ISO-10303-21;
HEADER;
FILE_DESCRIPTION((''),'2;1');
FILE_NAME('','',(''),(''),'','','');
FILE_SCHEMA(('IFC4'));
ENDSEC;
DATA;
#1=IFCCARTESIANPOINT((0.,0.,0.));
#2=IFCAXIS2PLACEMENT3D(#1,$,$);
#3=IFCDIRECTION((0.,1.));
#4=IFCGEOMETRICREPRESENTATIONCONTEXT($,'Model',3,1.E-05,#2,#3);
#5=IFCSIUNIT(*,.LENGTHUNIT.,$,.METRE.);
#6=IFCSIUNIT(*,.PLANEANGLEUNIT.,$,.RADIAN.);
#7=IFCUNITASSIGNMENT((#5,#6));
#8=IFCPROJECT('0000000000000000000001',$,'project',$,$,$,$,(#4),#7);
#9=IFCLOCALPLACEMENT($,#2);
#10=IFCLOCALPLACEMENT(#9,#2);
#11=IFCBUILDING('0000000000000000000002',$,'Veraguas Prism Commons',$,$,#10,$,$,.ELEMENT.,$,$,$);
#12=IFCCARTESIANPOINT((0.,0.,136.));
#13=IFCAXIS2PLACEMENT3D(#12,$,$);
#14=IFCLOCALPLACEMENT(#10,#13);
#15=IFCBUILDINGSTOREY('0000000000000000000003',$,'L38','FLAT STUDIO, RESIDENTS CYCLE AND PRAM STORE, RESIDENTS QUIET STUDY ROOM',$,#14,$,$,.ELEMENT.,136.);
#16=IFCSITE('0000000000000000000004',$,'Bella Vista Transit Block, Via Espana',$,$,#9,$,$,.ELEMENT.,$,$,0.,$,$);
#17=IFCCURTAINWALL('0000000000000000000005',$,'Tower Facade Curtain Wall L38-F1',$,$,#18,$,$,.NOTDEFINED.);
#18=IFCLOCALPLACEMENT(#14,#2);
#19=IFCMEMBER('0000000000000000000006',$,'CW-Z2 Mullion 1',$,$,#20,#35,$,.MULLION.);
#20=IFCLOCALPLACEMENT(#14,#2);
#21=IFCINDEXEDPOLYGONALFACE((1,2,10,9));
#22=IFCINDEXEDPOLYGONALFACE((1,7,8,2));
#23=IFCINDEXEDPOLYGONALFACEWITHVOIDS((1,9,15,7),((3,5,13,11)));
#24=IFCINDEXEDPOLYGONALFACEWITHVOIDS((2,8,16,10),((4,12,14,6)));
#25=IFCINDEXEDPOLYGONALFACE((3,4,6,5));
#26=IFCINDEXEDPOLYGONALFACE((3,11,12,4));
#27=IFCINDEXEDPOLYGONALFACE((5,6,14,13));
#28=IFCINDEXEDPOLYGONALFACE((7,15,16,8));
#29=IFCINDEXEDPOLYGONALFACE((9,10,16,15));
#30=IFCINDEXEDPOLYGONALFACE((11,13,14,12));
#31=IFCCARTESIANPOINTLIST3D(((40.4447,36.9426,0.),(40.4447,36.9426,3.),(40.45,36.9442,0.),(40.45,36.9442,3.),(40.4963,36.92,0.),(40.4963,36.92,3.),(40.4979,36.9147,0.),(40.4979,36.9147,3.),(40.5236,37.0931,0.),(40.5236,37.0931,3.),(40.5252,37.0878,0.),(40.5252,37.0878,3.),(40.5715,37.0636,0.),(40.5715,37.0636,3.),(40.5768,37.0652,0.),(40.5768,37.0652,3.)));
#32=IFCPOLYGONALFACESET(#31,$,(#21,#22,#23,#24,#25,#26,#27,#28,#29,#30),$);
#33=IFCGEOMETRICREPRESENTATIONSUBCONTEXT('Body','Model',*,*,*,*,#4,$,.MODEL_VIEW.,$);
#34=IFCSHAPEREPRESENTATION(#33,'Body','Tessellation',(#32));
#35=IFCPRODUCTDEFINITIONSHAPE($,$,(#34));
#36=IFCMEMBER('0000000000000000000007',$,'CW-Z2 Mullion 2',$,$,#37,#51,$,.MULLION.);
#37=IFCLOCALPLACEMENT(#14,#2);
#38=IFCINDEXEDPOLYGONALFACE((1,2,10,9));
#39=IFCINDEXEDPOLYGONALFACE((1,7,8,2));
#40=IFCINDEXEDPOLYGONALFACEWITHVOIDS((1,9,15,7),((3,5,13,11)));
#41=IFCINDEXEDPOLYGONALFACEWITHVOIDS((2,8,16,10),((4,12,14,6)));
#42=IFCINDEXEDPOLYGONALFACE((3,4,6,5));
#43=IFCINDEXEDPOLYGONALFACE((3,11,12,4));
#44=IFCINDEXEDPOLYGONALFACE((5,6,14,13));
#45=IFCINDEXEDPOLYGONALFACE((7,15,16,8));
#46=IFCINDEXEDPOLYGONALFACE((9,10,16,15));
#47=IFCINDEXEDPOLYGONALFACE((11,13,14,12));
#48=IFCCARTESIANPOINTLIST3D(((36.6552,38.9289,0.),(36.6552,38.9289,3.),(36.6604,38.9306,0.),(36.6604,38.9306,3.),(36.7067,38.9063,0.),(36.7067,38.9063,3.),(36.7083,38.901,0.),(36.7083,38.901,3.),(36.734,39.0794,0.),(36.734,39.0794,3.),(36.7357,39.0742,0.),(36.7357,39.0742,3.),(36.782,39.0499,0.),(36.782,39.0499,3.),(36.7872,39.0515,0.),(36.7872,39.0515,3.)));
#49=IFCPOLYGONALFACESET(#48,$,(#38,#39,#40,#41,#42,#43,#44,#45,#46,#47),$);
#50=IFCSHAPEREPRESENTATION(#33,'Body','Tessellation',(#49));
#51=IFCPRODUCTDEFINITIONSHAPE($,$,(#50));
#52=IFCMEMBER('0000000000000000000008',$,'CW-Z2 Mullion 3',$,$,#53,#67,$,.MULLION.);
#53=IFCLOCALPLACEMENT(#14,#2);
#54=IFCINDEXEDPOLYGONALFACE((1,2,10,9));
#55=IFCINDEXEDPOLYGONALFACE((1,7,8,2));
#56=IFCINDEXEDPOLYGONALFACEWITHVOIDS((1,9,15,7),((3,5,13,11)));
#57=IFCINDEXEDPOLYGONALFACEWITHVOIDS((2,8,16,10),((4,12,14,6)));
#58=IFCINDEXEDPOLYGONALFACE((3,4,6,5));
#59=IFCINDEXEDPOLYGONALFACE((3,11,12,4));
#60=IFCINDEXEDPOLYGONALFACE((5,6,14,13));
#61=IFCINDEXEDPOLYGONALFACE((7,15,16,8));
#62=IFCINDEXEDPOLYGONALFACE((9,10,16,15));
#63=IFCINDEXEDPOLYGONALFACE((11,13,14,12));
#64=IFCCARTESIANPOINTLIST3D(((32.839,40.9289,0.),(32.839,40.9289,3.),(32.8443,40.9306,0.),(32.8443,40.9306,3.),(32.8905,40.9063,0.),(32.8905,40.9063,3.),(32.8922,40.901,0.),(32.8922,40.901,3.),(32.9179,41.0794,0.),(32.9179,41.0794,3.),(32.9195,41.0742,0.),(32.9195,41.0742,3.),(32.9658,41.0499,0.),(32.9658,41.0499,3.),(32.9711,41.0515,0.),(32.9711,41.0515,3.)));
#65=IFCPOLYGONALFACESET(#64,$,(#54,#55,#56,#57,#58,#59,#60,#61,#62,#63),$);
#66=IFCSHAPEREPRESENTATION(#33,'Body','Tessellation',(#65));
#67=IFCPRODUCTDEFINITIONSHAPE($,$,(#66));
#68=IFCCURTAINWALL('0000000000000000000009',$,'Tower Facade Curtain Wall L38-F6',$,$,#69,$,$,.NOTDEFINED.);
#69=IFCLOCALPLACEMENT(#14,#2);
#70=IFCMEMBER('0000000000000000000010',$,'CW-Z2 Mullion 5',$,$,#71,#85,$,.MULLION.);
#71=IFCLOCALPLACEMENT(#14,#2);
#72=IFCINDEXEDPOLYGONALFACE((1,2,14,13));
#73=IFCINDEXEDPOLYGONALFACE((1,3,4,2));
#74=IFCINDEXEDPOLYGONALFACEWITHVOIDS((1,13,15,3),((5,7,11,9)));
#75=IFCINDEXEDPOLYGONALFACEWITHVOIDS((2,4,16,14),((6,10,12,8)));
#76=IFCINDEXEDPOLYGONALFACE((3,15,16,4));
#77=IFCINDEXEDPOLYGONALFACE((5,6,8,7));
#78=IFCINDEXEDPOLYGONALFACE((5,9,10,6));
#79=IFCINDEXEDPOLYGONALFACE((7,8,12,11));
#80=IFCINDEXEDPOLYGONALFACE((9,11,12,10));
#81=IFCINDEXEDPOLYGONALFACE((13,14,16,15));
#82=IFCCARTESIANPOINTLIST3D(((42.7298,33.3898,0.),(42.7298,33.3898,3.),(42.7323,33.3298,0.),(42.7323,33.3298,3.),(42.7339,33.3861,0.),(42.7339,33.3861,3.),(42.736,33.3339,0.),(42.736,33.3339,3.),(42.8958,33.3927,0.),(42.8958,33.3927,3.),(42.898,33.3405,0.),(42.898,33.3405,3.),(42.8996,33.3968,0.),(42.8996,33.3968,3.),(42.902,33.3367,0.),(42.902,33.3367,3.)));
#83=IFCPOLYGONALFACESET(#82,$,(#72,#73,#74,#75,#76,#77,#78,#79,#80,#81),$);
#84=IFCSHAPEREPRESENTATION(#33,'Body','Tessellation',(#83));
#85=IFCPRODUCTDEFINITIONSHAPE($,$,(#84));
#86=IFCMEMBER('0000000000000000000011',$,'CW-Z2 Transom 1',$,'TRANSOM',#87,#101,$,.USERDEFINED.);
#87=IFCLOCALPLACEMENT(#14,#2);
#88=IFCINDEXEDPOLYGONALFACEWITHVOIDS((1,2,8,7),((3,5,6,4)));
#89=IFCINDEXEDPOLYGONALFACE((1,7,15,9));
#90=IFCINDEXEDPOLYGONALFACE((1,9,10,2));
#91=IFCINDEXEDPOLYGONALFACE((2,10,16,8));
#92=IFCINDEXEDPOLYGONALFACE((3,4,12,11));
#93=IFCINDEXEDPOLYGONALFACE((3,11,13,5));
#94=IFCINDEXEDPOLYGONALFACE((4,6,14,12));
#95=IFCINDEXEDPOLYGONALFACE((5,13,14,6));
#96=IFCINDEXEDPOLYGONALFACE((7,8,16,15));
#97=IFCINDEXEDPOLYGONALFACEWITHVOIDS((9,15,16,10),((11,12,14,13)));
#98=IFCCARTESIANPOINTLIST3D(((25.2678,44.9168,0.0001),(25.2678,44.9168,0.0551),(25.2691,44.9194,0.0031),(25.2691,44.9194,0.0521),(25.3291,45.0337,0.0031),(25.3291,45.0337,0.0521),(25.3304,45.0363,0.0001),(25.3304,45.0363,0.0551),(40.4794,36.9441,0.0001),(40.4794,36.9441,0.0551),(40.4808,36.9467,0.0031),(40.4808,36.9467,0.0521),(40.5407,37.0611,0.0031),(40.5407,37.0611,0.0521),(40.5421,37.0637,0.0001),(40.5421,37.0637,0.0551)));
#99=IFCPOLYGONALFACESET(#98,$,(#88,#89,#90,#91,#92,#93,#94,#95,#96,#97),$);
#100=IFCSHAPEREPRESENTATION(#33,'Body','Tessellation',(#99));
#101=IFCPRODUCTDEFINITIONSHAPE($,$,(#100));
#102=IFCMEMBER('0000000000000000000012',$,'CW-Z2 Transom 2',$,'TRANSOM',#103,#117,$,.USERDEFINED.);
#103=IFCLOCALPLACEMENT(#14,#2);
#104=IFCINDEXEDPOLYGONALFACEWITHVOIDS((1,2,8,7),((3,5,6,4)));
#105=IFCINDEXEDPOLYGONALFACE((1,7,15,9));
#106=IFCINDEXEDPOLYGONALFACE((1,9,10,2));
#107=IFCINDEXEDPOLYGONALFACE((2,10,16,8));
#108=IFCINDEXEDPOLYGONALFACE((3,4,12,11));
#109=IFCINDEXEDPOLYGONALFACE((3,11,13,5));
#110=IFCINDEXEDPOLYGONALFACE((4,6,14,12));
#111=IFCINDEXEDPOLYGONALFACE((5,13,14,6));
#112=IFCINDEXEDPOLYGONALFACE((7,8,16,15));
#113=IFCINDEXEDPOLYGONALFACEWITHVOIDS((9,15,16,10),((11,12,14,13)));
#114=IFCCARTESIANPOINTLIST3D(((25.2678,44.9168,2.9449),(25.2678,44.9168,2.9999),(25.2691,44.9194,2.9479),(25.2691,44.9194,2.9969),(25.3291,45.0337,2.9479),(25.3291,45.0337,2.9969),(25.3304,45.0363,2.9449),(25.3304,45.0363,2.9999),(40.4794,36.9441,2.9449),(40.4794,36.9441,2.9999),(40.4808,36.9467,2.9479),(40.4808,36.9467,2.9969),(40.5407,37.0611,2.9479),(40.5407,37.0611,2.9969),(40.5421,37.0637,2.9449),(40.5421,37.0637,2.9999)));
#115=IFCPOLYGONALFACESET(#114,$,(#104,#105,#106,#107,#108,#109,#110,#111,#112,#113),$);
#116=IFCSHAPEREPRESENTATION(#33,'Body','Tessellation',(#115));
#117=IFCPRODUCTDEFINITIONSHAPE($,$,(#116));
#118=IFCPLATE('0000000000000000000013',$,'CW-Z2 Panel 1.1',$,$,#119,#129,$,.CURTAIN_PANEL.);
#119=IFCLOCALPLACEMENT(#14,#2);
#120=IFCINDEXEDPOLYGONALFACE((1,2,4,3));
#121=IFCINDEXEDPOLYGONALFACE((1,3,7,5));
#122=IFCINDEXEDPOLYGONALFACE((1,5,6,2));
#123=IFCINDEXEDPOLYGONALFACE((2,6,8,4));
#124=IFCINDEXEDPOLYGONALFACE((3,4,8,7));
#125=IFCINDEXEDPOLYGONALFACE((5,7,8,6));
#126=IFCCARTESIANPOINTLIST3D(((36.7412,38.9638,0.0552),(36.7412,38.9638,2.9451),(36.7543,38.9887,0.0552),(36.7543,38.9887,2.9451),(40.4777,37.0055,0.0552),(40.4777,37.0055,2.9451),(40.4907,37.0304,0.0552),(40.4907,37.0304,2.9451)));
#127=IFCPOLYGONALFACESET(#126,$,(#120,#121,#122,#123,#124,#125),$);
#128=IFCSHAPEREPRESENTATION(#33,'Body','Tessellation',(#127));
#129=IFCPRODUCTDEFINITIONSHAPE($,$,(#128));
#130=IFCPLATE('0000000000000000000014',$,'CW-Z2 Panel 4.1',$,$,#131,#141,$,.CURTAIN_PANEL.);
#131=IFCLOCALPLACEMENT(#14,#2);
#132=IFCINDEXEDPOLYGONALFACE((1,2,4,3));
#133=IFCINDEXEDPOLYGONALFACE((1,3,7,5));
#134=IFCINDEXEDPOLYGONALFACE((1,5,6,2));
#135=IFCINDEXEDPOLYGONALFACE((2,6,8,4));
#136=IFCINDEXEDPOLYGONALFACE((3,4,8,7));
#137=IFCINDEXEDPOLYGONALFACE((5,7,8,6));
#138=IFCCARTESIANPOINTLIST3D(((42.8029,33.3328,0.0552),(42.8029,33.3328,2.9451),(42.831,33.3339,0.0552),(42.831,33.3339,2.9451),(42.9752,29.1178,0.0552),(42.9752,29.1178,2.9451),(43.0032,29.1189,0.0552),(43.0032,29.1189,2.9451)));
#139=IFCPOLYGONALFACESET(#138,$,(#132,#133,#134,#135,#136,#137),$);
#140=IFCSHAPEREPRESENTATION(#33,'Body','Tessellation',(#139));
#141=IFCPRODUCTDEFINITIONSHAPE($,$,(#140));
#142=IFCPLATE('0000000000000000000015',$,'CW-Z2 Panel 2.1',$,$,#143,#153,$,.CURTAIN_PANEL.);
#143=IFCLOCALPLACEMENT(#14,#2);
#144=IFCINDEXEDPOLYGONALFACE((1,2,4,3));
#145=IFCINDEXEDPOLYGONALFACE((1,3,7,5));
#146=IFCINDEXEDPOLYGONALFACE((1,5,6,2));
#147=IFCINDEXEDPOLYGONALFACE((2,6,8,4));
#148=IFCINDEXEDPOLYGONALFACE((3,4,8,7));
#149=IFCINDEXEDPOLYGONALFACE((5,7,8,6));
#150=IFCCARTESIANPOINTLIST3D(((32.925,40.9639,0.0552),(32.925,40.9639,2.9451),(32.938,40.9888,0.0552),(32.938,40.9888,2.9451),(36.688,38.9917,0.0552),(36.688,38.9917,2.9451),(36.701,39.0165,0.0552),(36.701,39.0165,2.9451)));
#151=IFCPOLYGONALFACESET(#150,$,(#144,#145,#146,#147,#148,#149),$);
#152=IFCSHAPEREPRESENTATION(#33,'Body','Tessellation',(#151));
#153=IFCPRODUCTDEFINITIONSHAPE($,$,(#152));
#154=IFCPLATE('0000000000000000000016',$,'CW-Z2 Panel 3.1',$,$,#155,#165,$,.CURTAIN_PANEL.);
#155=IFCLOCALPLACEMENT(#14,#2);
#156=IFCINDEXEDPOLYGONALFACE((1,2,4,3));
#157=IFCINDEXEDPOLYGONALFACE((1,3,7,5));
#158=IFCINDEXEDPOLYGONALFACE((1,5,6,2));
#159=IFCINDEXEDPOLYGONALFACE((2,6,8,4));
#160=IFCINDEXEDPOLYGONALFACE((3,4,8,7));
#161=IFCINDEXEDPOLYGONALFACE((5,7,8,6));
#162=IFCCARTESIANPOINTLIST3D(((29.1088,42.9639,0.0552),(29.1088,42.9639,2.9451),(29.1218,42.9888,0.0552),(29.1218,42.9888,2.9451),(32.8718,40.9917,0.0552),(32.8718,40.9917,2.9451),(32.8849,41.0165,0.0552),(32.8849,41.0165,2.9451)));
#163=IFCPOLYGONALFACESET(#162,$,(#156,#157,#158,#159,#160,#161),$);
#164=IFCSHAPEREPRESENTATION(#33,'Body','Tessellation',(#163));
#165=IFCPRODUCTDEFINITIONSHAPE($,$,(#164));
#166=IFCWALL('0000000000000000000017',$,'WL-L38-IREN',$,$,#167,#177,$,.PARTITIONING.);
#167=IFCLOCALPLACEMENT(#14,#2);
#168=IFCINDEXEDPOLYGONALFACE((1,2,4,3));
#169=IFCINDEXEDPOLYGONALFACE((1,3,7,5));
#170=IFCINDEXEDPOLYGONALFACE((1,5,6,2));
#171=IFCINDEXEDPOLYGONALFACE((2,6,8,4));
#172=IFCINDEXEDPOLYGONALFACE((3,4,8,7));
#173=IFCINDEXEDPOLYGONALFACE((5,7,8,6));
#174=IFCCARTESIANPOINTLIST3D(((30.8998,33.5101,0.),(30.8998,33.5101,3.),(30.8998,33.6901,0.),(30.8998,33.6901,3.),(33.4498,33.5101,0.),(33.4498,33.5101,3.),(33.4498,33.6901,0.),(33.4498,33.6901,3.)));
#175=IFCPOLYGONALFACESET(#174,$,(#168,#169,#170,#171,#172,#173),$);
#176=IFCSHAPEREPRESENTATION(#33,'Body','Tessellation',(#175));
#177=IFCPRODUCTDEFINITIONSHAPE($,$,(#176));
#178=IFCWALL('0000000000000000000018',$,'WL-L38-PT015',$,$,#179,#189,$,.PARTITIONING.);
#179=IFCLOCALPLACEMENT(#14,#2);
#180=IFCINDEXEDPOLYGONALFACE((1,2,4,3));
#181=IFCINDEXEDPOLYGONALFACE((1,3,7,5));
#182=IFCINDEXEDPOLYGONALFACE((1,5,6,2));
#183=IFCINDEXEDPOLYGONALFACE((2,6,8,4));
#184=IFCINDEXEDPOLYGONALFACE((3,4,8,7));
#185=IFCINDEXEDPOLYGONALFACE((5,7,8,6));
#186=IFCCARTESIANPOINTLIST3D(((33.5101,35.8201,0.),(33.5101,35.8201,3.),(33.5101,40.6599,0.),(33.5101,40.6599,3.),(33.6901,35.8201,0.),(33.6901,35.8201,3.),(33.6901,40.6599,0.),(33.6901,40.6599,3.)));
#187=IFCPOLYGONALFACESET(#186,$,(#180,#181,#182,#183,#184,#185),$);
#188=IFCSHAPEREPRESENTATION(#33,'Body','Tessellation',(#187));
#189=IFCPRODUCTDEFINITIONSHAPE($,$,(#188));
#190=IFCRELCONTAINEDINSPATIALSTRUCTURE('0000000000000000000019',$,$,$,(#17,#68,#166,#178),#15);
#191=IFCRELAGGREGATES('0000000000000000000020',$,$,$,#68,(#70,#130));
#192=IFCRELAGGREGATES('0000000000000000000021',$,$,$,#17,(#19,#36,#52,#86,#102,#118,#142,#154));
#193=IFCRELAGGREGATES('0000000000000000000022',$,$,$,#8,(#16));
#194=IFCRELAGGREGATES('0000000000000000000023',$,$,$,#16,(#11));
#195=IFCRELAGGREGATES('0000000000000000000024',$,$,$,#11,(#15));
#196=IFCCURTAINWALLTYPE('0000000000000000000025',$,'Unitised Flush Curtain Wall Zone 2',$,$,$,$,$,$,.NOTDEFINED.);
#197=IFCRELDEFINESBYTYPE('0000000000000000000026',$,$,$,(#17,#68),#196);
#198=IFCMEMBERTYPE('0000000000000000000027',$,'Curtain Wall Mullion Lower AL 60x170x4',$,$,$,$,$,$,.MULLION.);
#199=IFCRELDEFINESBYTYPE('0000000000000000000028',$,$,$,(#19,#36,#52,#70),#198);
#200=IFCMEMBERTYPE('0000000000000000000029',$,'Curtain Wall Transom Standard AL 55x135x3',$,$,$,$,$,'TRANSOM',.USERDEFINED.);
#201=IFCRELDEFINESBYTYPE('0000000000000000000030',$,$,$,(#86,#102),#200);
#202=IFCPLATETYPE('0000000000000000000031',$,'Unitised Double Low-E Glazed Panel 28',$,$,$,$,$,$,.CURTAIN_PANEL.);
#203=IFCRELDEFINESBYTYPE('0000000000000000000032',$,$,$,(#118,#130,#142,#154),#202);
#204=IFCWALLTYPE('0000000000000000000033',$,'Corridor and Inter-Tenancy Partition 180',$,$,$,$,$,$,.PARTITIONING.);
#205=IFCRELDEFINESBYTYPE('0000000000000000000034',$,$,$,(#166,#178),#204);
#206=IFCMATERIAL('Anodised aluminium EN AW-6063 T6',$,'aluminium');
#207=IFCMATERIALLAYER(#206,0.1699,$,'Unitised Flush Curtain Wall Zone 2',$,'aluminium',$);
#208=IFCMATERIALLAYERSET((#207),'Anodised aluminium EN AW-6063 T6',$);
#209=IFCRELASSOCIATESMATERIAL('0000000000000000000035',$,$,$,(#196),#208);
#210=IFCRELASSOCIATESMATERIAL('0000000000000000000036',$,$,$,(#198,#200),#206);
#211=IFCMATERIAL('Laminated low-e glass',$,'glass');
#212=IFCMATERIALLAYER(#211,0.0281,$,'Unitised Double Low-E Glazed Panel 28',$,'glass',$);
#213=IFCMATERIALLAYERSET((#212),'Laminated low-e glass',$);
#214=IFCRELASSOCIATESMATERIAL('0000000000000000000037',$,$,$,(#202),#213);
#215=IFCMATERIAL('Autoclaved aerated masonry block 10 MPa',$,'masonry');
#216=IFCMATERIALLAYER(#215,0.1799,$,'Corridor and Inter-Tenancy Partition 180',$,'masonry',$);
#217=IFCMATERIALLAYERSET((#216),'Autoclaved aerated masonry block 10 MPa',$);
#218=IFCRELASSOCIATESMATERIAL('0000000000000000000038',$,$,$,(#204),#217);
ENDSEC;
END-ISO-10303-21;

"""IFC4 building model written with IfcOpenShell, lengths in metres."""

from ifc_helpers import new_model, si_unit, direction, frame, frame_2d, origin, origin_2d, place, context, subcontext, project, spatial, rectangle, hollow_rectangle, extrude, source, transform, mapped, material, layer, layer_set, material_profile, profile_set, type_object, element, aggregate, save


model = new_model("IFC4")

# Units and contexts
model_context = context("Model", 3, precision=1e-05, world=origin(), true_north=direction((0.0, 1.0)))
body_context = subcontext(model_context, "Body", "Model", "MODEL_VIEW")
ifc_project = project(units=[si_unit("LENGTHUNIT", "METRE"), si_unit("PLANEANGLEUNIT", "RADIAN")], contexts=[model_context])

# Site, building, storey
site_placement = place(None, origin())
site = spatial("IfcSite", under=ifc_project, at=site_placement, Name="Bella Vista Transit Block, Via Espana", CompositionType="ELEMENT", RefElevation=0.0)
building_placement = place(site_placement, origin())
building = spatial("IfcBuilding", under=site, at=building_placement, Name="Veraguas Prism Commons", CompositionType="ELEMENT")
storey_placement = place(building_placement, frame((0.0, 0.0, 136.0)))
storey = spatial("IfcBuildingStorey", under=building, at=storey_placement, Name="L38", Description="FLAT STUDIO, RESIDENTS CYCLE AND PRAM STORE, RESIDENTS QUIET STUDY ROOM", CompositionType="ELEMENT", Elevation=136.0)

# Curtain wall, members
ifc_material_1 = material(Name="Anodised aluminium EN AW-6063 T6", Category="aluminium")
ifc_layer_1 = layer(ifc_material_1, 0.1699, Name="Unitised Flush Curtain Wall Zone 2", Category="aluminium")
ifc_layer_set_1 = layer_set([ifc_layer_1], Name="Anodised aluminium EN AW-6063 T6")
curtain_wall_type = type_object("IfcCurtainWallType", Name="Unitised Flush Curtain Wall Zone 2", PredefinedType="NOTDEFINED", material=ifc_layer_set_1)
curtain_wall_1_placement = place(storey_placement, origin())
curtain_wall_1 = element("IfcCurtainWall", 1, at=curtain_wall_1_placement, inside=storey, type_object=curtain_wall_type, Name="Tower Facade Curtain Wall L38-F1", PredefinedType="NOTDEFINED")
ifc_material_profile_1 = material_profile(ifc_material_1, hollow_rectangle(XDim=0.0601, YDim=0.1699, WallThickness=0.0039, at=origin_2d()), Name="AL60X170X4")
ifc_profile_set_1 = profile_set([ifc_material_profile_1], Name="Anodised aluminium EN AW-6063 T6")
member_type_1 = type_object("IfcMemberType", Name="Curtain Wall Mullion Lower AL 60x170x4", PredefinedType="MULLION", material=ifc_profile_set_1)
shared_shape_1 = source(origin(), body_context, "Body", "SweptSolid", [
    extrude(hollow_rectangle(XDim=0.0601, YDim=0.1699, WallThickness=0.0039, at=origin_2d()), origin(), (0.0, 0.0, 1.0), 3.0),
])
member_1_placement = place(storey_placement, frame((40.5107, 37.0039, 0.0), z_axis=(0.0, 0.0, 1.0), x_axis=(-0.885722, 0.464216, 0.0)))
member_1 = element("IfcMember", 2, at=member_1_placement, type_object=member_type_1, Name="CW-Z2 Mullion 1", PredefinedType="MULLION", context=body_context, shape_type="MappedRepresentation", body=[
    mapped(shared_shape_1, transform((0.0, 0.0, 0.0), scale=1.0)),
])
member_2_placement = place(storey_placement, frame((36.7212, 38.9902, 0.0), z_axis=(0.0, 0.0, 1.0), x_axis=(-0.885722, 0.464216, 0.0)))
member_2 = element("IfcMember", 3, at=member_2_placement, type_object=member_type_1, Name="CW-Z2 Mullion 2", PredefinedType="MULLION", context=body_context, shape_type="MappedRepresentation", body=[
    mapped(shared_shape_1, transform((0.0, 0.0, 0.0), scale=1.0)),
])
member_3_placement = place(storey_placement, frame((32.905, 40.9902, 0.0), z_axis=(0.0, 0.0, 1.0), x_axis=(-0.885722, 0.464216, 0.0)))
member_3 = element("IfcMember", 4, at=member_3_placement, type_object=member_type_1, Name="CW-Z2 Mullion 3", PredefinedType="MULLION", context=body_context, shape_type="MappedRepresentation", body=[
    mapped(shared_shape_1, transform((0.0, 0.0, 0.0), scale=1.0)),
])

# Curtain wall, member
curtain_wall_2_placement = place(storey_placement, origin())
curtain_wall_2 = element("IfcCurtainWall", 5, at=curtain_wall_2_placement, inside=storey, type_object=curtain_wall_type, Name="Tower Facade Curtain Wall L38-F6", PredefinedType="NOTDEFINED")
member_4_placement = place(storey_placement, frame((42.8159, 33.3633, 0.0), z_axis=(0.0, 0.0, 1.0), x_axis=(-0.040836, 0.999166, 0.0)))
member_4 = element("IfcMember", 6, at=member_4_placement, type_object=member_type_1, Name="CW-Z2 Mullion 5", PredefinedType="MULLION", context=body_context, shape_type="MappedRepresentation", body=[
    mapped(shared_shape_1, transform((0.0, 0.0, 0.0), scale=1.0)),
])

# Members
ifc_material_profile_2 = material_profile(ifc_material_1, hollow_rectangle(XDim=0.0549, YDim=0.135, WallThickness=0.0029, at=origin_2d()), Name="AL55X135X3")
ifc_profile_set_2 = profile_set([ifc_material_profile_2], Name="Anodised aluminium EN AW-6063 T6")
member_type_2 = type_object("IfcMemberType", Name="Curtain Wall Transom Standard AL 55x135x3", ElementType="TRANSOM", PredefinedType="USERDEFINED", material=ifc_profile_set_2)
shared_shape_2 = source(origin(), body_context, "Body", "SweptSolid", [
    extrude(hollow_rectangle(XDim=0.0549, YDim=0.135, WallThickness=0.0029, at=origin_2d()), origin(), (0.0, 0.0, 1.0), 17.1743),
])
member_5_placement = place(storey_placement, frame((40.5107, 37.0039, 0.0276), z_axis=(-0.88572, 0.464219, 0.0), x_axis=(0.0, 0.0, 1.0)))
member_5 = element("IfcMember", 7, at=member_5_placement, type_object=member_type_2, Name="CW-Z2 Transom 1", ObjectType="TRANSOM", PredefinedType="USERDEFINED", context=body_context, shape_type="MappedRepresentation", body=[
    mapped(shared_shape_2, transform((0.0, 0.0, 0.0), scale=1.0)),
])
member_6_placement = place(storey_placement, frame((40.5107, 37.0039, 2.9724), z_axis=(-0.88572, 0.464219, 0.0), x_axis=(0.0, 0.0, 1.0)))
member_6 = element("IfcMember", 8, at=member_6_placement, type_object=member_type_2, Name="CW-Z2 Transom 2", ObjectType="TRANSOM", PredefinedType="USERDEFINED", context=body_context, shape_type="MappedRepresentation", body=[
    mapped(shared_shape_2, transform((0.0, 0.0, 0.0), scale=1.0)),
])

# Plates
ifc_material_2 = material(Name="Laminated low-e glass", Category="glass")
ifc_layer_2 = layer(ifc_material_2, 0.0281, Name="Unitised Double Low-E Glazed Panel 28", Category="glass")
ifc_layer_set_2 = layer_set([ifc_layer_2], Name="Laminated low-e glass")
plate_type = type_object("IfcPlateType", Name="Unitised Double Low-E Glazed Panel 28", PredefinedType="CURTAIN_PANEL", material=ifc_layer_set_2)
shared_shape_3 = source(origin(), body_context, "Body", "SweptSolid", [
    extrude(rectangle(XDim=4.2185, YDim=0.0281, at=origin_2d()), origin(), (0.0, 0.0, 1.0), 2.8899),
])
plate_1_placement = place(storey_placement, frame((38.616, 37.9971, 0.0552), z_axis=(0.0, 0.0, 1.0), x_axis=(-0.885722, 0.464216, 0.0)))
plate_1 = element("IfcPlate", 9, at=plate_1_placement, type_object=plate_type, Name="CW-Z2 Panel 1.1", PredefinedType="CURTAIN_PANEL", context=body_context, shape_type="MappedRepresentation", body=[
    mapped(shared_shape_3, transform((0.0, 0.0, 0.0), scale=1.0)),
])
plate_2_placement = place(storey_placement, frame((42.9031, 31.2258, 0.0552), z_axis=(0.0, 0.0, 1.0), x_axis=(-0.040836, 0.999166, 0.0)))
plate_2 = element("IfcPlate", 10, at=plate_2_placement, type_object=plate_type, Name="CW-Z2 Panel 4.1", PredefinedType="CURTAIN_PANEL", context=body_context, shape_type="MappedRepresentation", body=[
    mapped(shared_shape_3, transform((0.0, 0.0, 0.0), scale=1.0)),
])
aggregate(curtain_wall_2, [member_4, plate_2])
shared_shape_4 = source(origin(), body_context, "Body", "SweptSolid", [
    extrude(rectangle(XDim=4.2485, YDim=0.0281, at=origin_2d()), origin(), (0.0, 0.0, 1.0), 2.8899),
])
plate_3_placement = place(storey_placement, frame((34.813, 39.9902, 0.0552), z_axis=(0.0, 0.0, 1.0), x_axis=(-0.885722, 0.464216, 0.0)))
plate_3 = element("IfcPlate", 11, at=plate_3_placement, type_object=plate_type, Name="CW-Z2 Panel 2.1", PredefinedType="CURTAIN_PANEL", context=body_context, shape_type="MappedRepresentation", body=[
    mapped(shared_shape_4, transform((0.0, 0.0, 0.0), scale=1.0)),
])
plate_4_placement = place(storey_placement, frame((30.9968, 41.9902, 0.0552), z_axis=(0.0, 0.0, 1.0), x_axis=(-0.885722, 0.464216, 0.0)))
plate_4 = element("IfcPlate", 12, at=plate_4_placement, type_object=plate_type, Name="CW-Z2 Panel 3.1", PredefinedType="CURTAIN_PANEL", context=body_context, shape_type="MappedRepresentation", body=[
    mapped(shared_shape_4, transform((0.0, 0.0, 0.0), scale=1.0)),
])
aggregate(curtain_wall_1, [member_1, member_2, member_3, member_5, member_6, plate_1, plate_3, plate_4])

# Walls
ifc_material_3 = material(Name="Autoclaved aerated masonry block 10 MPa", Category="masonry")
ifc_layer_3 = layer(ifc_material_3, 0.1799, Name="Corridor and Inter-Tenancy Partition 180", Category="masonry")
ifc_layer_set_3 = layer_set([ifc_layer_3], Name="Autoclaved aerated masonry block 10 MPa")
wall_type_1 = type_object("IfcWallType", Name="Corridor and Inter-Tenancy Partition 180", PredefinedType="PARTITIONING", material=ifc_layer_set_3)
wall_1_placement = place(storey_placement, frame((30.8999, 33.6001, 0.0), z_axis=(0.0, 0.0, 1.0), x_axis=(1.0, 0.0, 0.0)))
element("IfcWall", 13, at=wall_1_placement, inside=storey, type_object=wall_type_1, Name="WL-L38-IREN", PredefinedType="PARTITIONING", context=body_context, shape_type="SweptSolid", body=[
    extrude(rectangle(XDim=2.55, YDim=0.1799, at=frame_2d((1.2749, 0.0))), origin(), (0.0, 0.0, 1.0), 3.0),
])
wall_2_placement = place(storey_placement, frame((33.6001, 35.8201, 0.0), z_axis=(0.0, 0.0, 1.0), x_axis=(0.0, 1.0, 0.0)))
element("IfcWall", 14, at=wall_2_placement, inside=storey, type_object=wall_type_1, Name="WL-L38-PT015", PredefinedType="PARTITIONING", context=body_context, shape_type="SweptSolid", body=[
    extrude(rectangle(XDim=4.8398, YDim=0.1799, at=frame_2d((2.4199, 0.0))), origin(), (0.0, 0.0, 1.0), 3.0),
])

save(model, "model.ifc")
